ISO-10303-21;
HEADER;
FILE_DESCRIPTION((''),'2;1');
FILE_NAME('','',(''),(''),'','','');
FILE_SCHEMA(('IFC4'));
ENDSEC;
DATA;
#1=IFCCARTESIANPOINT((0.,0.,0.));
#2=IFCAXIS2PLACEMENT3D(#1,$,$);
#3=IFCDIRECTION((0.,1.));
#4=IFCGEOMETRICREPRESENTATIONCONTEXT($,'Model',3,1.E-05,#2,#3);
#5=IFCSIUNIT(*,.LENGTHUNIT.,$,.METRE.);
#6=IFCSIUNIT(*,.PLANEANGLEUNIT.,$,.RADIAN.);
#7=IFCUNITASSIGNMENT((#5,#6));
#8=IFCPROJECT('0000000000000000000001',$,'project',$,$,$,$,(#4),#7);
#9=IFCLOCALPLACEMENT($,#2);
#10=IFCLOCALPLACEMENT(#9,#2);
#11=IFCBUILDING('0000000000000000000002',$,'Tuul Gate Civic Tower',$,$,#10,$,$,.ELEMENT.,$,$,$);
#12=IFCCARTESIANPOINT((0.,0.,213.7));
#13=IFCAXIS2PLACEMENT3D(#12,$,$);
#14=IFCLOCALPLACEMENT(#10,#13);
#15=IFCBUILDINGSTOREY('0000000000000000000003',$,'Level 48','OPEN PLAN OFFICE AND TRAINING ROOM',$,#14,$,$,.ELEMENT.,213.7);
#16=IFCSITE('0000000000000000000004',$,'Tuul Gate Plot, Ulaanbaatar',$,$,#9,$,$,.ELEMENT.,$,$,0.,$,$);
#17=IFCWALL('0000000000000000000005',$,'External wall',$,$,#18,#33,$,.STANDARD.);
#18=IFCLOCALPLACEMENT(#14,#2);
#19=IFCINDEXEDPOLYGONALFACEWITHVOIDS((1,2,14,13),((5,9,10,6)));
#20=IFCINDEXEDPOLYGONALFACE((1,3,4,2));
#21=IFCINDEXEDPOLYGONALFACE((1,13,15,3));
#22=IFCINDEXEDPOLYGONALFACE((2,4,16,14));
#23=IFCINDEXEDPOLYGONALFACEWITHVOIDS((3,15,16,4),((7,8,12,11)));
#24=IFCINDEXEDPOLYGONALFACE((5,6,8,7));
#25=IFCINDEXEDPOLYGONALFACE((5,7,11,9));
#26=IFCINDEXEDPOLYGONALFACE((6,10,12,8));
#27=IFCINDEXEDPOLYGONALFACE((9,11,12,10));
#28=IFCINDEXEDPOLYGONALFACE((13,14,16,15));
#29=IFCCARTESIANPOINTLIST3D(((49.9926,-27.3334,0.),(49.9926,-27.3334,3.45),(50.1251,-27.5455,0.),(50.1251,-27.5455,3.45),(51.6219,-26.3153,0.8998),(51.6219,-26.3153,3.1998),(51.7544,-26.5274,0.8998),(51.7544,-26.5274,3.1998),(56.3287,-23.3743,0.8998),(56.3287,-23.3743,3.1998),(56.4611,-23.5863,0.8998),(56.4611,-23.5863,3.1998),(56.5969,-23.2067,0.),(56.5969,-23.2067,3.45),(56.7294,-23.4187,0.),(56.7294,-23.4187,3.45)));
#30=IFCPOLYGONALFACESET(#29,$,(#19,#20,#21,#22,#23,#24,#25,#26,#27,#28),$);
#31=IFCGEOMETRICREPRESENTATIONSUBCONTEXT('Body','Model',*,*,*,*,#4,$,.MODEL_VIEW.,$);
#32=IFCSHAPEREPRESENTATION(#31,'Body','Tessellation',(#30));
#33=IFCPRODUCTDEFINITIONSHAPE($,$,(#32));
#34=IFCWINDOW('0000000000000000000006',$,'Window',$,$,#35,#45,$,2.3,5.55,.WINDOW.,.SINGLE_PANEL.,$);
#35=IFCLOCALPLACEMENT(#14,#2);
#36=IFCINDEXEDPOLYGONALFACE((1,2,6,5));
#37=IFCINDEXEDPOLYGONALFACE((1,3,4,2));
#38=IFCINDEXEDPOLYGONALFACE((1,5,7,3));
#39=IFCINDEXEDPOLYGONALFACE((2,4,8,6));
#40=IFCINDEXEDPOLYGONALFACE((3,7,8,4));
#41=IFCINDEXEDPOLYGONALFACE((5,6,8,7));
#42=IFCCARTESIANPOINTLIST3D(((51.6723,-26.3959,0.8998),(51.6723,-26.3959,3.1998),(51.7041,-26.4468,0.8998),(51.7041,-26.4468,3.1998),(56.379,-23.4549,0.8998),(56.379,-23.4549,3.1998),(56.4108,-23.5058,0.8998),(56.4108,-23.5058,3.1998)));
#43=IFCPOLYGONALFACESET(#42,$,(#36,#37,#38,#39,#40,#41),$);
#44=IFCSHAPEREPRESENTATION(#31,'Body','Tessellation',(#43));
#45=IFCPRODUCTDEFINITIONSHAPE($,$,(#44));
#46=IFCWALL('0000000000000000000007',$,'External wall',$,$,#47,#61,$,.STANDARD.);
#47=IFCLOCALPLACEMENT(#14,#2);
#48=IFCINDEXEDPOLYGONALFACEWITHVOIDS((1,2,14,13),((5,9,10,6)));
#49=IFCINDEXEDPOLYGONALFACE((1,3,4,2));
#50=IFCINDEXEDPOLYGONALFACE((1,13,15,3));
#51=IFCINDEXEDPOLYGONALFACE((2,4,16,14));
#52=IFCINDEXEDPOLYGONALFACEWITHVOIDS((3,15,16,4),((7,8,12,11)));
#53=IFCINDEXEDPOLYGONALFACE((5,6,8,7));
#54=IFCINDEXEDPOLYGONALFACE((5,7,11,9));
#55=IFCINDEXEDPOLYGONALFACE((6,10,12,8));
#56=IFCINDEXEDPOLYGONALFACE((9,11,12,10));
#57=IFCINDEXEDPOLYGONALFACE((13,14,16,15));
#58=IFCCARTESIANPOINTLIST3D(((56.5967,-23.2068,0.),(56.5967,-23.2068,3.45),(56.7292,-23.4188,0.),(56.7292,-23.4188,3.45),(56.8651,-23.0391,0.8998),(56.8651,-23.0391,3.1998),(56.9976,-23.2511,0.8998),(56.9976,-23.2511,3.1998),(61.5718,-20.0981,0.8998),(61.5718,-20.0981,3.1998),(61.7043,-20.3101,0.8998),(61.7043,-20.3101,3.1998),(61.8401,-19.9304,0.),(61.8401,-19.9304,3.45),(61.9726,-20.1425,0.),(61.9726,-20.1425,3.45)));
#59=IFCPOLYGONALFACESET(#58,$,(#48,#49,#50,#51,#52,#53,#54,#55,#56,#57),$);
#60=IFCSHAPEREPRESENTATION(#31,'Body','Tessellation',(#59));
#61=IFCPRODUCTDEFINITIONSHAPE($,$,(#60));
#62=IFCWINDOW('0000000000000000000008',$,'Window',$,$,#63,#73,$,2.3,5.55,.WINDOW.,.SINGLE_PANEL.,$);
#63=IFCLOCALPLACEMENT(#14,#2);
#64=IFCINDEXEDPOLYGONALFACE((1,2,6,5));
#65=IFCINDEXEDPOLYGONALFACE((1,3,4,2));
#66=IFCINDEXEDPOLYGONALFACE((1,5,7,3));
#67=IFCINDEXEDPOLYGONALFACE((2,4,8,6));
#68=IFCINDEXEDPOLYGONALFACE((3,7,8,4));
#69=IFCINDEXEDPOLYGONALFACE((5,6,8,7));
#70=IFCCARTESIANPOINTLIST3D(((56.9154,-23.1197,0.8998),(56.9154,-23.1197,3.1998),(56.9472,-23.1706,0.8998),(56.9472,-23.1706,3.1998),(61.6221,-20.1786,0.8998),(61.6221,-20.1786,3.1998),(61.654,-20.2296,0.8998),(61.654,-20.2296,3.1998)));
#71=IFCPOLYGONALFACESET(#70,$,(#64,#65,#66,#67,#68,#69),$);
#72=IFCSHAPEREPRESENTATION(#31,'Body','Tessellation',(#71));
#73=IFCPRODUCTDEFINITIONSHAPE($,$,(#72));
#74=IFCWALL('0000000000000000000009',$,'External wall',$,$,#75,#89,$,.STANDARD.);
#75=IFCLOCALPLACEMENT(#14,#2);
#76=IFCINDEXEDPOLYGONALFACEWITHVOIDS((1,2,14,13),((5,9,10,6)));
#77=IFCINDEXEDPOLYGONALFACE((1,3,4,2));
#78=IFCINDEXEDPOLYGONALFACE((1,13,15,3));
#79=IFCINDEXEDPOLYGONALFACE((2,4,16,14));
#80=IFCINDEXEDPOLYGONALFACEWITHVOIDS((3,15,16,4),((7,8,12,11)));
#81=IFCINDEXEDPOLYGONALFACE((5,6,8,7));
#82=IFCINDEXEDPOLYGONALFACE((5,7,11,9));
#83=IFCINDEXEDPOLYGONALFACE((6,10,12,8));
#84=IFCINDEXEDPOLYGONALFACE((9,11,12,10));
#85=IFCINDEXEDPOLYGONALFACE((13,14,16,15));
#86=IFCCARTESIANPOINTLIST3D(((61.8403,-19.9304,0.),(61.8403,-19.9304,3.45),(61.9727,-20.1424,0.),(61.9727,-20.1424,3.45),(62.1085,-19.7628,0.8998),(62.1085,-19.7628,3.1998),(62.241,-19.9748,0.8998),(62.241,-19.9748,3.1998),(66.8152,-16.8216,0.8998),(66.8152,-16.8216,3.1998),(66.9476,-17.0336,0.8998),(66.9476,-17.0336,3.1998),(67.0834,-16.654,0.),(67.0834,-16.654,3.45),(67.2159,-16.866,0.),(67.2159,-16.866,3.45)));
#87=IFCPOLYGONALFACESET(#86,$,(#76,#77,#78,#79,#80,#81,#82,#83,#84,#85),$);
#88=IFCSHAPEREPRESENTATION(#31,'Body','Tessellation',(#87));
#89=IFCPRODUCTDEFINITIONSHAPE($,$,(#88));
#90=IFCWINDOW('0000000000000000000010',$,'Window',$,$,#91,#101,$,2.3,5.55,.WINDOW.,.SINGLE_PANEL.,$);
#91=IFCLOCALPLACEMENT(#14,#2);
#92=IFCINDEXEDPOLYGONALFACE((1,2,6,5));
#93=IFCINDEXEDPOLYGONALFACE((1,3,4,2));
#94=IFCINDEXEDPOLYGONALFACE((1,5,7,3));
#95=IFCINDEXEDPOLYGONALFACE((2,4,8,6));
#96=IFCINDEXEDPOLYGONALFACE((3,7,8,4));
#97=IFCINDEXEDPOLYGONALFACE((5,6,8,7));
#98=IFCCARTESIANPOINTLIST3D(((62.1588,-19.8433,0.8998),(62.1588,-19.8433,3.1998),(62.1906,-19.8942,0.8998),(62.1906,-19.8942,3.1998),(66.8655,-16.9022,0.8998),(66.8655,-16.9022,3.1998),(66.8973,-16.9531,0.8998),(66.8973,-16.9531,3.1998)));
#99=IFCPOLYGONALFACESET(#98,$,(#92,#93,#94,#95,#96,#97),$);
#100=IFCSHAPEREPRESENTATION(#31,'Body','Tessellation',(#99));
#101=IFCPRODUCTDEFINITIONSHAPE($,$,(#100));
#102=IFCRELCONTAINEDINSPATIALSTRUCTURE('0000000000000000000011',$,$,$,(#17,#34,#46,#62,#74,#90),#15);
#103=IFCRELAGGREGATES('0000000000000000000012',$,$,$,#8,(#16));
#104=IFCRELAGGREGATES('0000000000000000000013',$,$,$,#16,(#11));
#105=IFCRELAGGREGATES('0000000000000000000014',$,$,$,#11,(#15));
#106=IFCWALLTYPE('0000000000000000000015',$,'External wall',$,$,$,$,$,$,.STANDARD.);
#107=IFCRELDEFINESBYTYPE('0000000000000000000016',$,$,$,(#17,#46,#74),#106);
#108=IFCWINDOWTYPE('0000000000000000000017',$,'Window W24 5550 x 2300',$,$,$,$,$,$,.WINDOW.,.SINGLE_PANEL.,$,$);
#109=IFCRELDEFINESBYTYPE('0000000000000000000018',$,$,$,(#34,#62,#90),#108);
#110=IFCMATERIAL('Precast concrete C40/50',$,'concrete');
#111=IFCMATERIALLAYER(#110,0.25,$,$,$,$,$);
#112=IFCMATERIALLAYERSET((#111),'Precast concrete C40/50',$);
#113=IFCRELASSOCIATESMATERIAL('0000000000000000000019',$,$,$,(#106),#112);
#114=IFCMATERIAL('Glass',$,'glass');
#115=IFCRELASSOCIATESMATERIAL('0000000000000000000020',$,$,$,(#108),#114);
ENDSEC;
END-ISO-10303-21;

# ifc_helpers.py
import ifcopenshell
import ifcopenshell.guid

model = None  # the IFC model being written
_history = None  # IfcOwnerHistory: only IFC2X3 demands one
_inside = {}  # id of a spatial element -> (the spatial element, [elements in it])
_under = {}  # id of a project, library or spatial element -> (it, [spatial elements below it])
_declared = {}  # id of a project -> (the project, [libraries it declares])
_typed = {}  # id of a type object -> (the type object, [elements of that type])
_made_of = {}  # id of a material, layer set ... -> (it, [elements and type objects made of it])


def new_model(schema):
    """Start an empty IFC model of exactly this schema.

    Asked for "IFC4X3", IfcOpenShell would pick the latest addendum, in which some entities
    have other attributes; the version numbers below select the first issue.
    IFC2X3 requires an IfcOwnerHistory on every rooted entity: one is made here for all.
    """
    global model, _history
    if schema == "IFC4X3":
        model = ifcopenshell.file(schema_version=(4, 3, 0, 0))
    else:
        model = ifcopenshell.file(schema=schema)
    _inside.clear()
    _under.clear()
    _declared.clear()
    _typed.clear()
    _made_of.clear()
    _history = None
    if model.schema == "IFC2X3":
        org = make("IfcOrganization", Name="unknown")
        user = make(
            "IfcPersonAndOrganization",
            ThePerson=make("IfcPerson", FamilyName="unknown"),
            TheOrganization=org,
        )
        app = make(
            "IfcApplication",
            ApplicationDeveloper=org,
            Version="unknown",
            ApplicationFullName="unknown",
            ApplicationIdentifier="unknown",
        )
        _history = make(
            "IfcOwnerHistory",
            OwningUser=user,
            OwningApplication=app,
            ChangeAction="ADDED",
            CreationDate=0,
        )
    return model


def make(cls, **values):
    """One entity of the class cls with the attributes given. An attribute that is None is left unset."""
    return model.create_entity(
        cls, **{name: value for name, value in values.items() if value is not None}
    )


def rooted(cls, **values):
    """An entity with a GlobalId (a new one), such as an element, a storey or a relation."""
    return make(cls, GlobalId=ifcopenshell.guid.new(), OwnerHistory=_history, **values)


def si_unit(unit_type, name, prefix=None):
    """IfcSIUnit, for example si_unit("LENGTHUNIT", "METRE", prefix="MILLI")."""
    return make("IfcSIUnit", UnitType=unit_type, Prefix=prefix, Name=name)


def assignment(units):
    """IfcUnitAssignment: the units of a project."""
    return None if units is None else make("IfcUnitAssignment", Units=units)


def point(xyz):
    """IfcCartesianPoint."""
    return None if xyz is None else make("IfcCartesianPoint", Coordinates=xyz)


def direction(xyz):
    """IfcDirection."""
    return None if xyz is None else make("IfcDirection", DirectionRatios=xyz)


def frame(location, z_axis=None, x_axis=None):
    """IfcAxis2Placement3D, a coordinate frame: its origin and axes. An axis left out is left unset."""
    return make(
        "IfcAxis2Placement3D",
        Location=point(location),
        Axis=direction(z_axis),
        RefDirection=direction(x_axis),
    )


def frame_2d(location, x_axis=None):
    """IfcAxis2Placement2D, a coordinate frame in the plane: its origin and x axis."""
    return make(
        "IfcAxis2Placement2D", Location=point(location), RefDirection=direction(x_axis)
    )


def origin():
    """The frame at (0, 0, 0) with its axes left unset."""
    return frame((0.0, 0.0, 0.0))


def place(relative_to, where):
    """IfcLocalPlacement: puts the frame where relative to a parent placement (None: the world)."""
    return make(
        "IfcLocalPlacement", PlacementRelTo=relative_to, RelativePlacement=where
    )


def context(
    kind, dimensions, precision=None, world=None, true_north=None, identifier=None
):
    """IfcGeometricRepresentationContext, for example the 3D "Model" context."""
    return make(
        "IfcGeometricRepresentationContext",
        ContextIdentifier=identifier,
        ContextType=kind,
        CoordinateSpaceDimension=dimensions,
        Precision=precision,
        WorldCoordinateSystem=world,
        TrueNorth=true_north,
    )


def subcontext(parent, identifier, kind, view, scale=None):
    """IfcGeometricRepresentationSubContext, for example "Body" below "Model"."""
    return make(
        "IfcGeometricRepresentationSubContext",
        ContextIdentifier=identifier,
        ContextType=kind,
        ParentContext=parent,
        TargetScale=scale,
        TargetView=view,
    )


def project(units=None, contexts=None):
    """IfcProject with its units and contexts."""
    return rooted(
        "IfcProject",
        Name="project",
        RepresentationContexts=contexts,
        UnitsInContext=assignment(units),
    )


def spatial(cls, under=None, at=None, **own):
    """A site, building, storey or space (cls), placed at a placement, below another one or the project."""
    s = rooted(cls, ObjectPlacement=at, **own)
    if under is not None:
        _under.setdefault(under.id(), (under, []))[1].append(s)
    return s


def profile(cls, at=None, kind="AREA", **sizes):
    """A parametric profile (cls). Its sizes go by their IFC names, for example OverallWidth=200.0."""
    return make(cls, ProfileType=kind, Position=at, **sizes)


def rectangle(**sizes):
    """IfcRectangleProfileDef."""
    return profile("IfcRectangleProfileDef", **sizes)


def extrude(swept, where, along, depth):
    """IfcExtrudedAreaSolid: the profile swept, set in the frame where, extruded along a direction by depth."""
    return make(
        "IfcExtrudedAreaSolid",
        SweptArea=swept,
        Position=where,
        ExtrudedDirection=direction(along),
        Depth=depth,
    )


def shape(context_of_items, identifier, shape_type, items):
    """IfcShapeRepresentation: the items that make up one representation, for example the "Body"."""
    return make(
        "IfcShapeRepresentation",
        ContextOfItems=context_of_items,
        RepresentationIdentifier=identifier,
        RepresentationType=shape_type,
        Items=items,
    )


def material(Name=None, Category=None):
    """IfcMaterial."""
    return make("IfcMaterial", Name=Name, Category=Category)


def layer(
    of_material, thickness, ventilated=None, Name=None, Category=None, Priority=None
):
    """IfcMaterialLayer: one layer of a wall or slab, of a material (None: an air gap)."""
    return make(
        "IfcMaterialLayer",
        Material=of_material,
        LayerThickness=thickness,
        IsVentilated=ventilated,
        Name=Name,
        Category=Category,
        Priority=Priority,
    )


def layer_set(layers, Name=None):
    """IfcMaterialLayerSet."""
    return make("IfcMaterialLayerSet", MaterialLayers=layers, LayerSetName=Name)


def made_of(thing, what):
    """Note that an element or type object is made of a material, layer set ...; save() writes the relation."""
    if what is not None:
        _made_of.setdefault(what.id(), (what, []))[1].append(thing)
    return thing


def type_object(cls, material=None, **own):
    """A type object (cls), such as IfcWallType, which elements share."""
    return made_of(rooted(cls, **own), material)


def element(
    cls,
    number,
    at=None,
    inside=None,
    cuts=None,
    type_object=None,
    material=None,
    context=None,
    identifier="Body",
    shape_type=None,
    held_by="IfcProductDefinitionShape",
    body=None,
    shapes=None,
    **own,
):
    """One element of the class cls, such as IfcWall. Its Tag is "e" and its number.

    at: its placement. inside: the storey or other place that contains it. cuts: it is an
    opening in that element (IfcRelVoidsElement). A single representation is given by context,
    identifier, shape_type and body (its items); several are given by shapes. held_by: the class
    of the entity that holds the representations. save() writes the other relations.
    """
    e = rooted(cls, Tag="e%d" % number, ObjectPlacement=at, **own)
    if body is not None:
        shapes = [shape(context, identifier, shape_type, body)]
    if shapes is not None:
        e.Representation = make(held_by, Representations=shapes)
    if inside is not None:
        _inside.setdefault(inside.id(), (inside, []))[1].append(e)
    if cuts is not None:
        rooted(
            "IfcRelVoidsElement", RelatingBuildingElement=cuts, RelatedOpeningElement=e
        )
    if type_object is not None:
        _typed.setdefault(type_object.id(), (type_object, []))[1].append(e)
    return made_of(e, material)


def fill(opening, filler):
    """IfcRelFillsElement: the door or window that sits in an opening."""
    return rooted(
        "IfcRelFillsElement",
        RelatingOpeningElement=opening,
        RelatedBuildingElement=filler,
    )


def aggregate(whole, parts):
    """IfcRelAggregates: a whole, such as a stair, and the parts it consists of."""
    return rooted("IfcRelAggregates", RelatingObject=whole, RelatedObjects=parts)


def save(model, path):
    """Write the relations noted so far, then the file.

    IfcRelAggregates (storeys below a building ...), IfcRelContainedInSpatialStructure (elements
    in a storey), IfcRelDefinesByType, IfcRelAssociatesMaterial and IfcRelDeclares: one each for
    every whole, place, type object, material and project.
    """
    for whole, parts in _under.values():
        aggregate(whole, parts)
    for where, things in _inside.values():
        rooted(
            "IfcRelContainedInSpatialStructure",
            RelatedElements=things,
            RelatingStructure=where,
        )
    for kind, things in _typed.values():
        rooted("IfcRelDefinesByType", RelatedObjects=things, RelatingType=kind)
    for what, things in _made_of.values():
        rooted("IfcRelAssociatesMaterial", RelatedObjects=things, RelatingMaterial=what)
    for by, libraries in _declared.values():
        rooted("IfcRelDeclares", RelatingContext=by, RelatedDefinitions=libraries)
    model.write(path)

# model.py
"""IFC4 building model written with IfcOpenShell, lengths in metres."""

from ifc_helpers import new_model, si_unit, direction, frame, frame_2d, origin, place, context, subcontext, project, spatial, rectangle, extrude, material, layer, layer_set, type_object, element, fill, save


model = new_model("IFC4")

# Units and contexts
model_context = context("Model", 3, precision=1e-05, world=origin(), true_north=direction((0.0, 1.0)))
body_context = subcontext(model_context, "Body", "Model", "MODEL_VIEW")
ifc_project = project(units=[si_unit("LENGTHUNIT", "METRE"), si_unit("PLANEANGLEUNIT", "RADIAN")], contexts=[model_context])

# Site, building, storey
site_placement = place(None, origin())
site = spatial("IfcSite", under=ifc_project, at=site_placement, Name="Tuul Gate Plot, Ulaanbaatar", CompositionType="ELEMENT", RefElevation=0.0)
building_placement = place(site_placement, origin())
building = spatial("IfcBuilding", under=site, at=building_placement, Name="Tuul Gate Civic Tower", CompositionType="ELEMENT")
storey_placement = place(building_placement, frame((0.0, 0.0, 213.7)))
storey = spatial("IfcBuildingStorey", under=building, at=storey_placement, Name="Level 48", Description="OPEN PLAN OFFICE AND TRAINING ROOM", CompositionType="ELEMENT", Elevation=213.7)

# Shared definitions
ifc_material_1 = material(Name="Precast concrete C40/50", Category="concrete")
ifc_layer = layer(ifc_material_1, 0.25)
ifc_layer_set = layer_set([ifc_layer], Name="Precast concrete C40/50")
wall_type = type_object("IfcWallType", Name="External wall", PredefinedType="STANDARD", material=ifc_layer_set)

# Walls, openings, windows
wall_1_placement = place(storey_placement, frame((50.0588, -27.4395, 0.0), z_axis=(0.0, 0.0, 1.0), x_axis=(0.848053, 0.529912, 0.0)))
wall_1 = element("IfcWall", 1, at=wall_1_placement, inside=storey, type_object=wall_type, Name="External wall", PredefinedType="STANDARD", context=body_context, shape_type="SweptSolid", body=[
    extrude(rectangle(XDim=7.7876, YDim=0.25, at=frame_2d((3.8938, 0.0))), origin(), (0.0, 0.0, 1.0), 3.45),
])
opening_1_placement = place(wall_1_placement, frame((1.9214, 0.0, 0.8999)))
opening_1 = element("IfcOpeningElement", 2, at=opening_1_placement, cuts=wall_1, PredefinedType="OPENING", context=body_context, shape_type="SweptSolid", body=[
    extrude(rectangle(XDim=5.55, YDim=2.3, at=frame_2d((2.7749, 1.1499))), frame((0.0, 0.135, 0.0), z_axis=(0.0, -1.0, 0.0), x_axis=(1.0, 0.0, 0.0)), (0.0, 0.0, 1.0), 0.27),
])
ifc_material_2 = material(Name="Glass", Category="glass")
window_type = type_object("IfcWindowType", Name="Window W24 5550 x 2300", PartitioningType="SINGLE_PANEL", PredefinedType="WINDOW", material=ifc_material_2)
window_1_placement = place(opening_1_placement, origin())
window_1 = element("IfcWindow", 3, at=window_1_placement, inside=storey, type_object=window_type, Name="Window", OverallHeight=2.3, OverallWidth=5.55, PartitioningType="SINGLE_PANEL", PredefinedType="WINDOW", context=body_context, shape_type="SweptSolid", body=[
    extrude(rectangle(XDim=5.55, YDim=2.3, at=frame_2d((2.7749, 1.1499))), frame((0.0, 0.03, 0.0), z_axis=(0.0, -1.0, 0.0), x_axis=(1.0, 0.0, 0.0)), (0.0, 0.0, 1.0), 0.0601),
])
fill(opening_1, window_1)
wall_2_placement = place(storey_placement, frame((56.6631, -23.3127, 0.0), z_axis=(0.0, 0.0, 1.0), x_axis=(0.848054, 0.52991, 0.0)))
wall_2 = element("IfcWall", 4, at=wall_2_placement, inside=storey, type_object=wall_type, Name="External wall", PredefinedType="STANDARD", context=body_context, shape_type="SweptSolid", body=[
    extrude(rectangle(XDim=6.1829, YDim=0.25, at=frame_2d((3.0913, 0.0))), origin(), (0.0, 0.0, 1.0), 3.45),
])
opening_2_placement = place(wall_2_placement, frame((0.3164, 0.0, 0.8999)))
opening_2 = element("IfcOpeningElement", 5, at=opening_2_placement, cuts=wall_2, PredefinedType="OPENING", context=body_context, shape_type="SweptSolid", body=[
    extrude(rectangle(XDim=5.55, YDim=2.3, at=frame_2d((2.7749, 1.1499))), frame((0.0, 0.135, 0.0), z_axis=(0.0, -1.0, 0.0), x_axis=(1.0, 0.0, 0.0)), (0.0, 0.0, 1.0), 0.27),
])
window_2_placement = place(opening_2_placement, origin())
window_2 = element("IfcWindow", 6, at=window_2_placement, inside=storey, type_object=window_type, Name="Window", OverallHeight=2.3, OverallWidth=5.55, PartitioningType="SINGLE_PANEL", PredefinedType="WINDOW", context=body_context, shape_type="SweptSolid", body=[
    extrude(rectangle(XDim=5.55, YDim=2.3, at=frame_2d((2.7749, 1.1499))), frame((0.0, 0.03, 0.0), z_axis=(0.0, -1.0, 0.0), x_axis=(1.0, 0.0, 0.0)), (0.0, 0.0, 1.0), 0.0601),
])
fill(opening_2, window_2)
wall_3_placement = place(storey_placement, frame((61.9065, -20.0364, 0.0), z_axis=(0.0, 0.0, 1.0), x_axis=(0.848043, 0.529928, 0.0)))
wall_3 = element("IfcWall", 7, at=wall_3_placement, inside=storey, type_object=wall_type, Name="External wall", PredefinedType="STANDARD", context=body_context, shape_type="SweptSolid", body=[
    extrude(rectangle(XDim=6.1826, YDim=0.25, at=frame_2d((3.0913, 0.0))), origin(), (0.0, 0.0, 1.0), 3.45),
])
opening_3_placement = place(wall_3_placement, frame((0.3164, 0.0, 0.8999)))
opening_3 = element("IfcOpeningElement", 8, at=opening_3_placement, cuts=wall_3, PredefinedType="OPENING", context=body_context, shape_type="SweptSolid", body=[
    extrude(rectangle(XDim=5.55, YDim=2.3, at=frame_2d((2.7749, 1.1499))), frame((0.0, 0.135, 0.0), z_axis=(0.0, -1.0, 0.0), x_axis=(1.0, 0.0, 0.0)), (0.0, 0.0, 1.0), 0.27),
])
window_3_placement = place(opening_3_placement, origin())
window_3 = element("IfcWindow", 9, at=window_3_placement, inside=storey, type_object=window_type, Name="Window", OverallHeight=2.3, OverallWidth=5.55, PartitioningType="SINGLE_PANEL", PredefinedType="WINDOW", context=body_context, shape_type="SweptSolid", body=[
    extrude(rectangle(XDim=5.55, YDim=2.3, at=frame_2d((2.7749, 1.1499))), frame((0.0, 0.03, 0.0), z_axis=(0.0, -1.0, 0.0), x_axis=(1.0, 0.0, 0.0)), (0.0, 0.0, 1.0), 0.0601),
])
fill(opening_3, window_3)

save(model, "model.ifc")
